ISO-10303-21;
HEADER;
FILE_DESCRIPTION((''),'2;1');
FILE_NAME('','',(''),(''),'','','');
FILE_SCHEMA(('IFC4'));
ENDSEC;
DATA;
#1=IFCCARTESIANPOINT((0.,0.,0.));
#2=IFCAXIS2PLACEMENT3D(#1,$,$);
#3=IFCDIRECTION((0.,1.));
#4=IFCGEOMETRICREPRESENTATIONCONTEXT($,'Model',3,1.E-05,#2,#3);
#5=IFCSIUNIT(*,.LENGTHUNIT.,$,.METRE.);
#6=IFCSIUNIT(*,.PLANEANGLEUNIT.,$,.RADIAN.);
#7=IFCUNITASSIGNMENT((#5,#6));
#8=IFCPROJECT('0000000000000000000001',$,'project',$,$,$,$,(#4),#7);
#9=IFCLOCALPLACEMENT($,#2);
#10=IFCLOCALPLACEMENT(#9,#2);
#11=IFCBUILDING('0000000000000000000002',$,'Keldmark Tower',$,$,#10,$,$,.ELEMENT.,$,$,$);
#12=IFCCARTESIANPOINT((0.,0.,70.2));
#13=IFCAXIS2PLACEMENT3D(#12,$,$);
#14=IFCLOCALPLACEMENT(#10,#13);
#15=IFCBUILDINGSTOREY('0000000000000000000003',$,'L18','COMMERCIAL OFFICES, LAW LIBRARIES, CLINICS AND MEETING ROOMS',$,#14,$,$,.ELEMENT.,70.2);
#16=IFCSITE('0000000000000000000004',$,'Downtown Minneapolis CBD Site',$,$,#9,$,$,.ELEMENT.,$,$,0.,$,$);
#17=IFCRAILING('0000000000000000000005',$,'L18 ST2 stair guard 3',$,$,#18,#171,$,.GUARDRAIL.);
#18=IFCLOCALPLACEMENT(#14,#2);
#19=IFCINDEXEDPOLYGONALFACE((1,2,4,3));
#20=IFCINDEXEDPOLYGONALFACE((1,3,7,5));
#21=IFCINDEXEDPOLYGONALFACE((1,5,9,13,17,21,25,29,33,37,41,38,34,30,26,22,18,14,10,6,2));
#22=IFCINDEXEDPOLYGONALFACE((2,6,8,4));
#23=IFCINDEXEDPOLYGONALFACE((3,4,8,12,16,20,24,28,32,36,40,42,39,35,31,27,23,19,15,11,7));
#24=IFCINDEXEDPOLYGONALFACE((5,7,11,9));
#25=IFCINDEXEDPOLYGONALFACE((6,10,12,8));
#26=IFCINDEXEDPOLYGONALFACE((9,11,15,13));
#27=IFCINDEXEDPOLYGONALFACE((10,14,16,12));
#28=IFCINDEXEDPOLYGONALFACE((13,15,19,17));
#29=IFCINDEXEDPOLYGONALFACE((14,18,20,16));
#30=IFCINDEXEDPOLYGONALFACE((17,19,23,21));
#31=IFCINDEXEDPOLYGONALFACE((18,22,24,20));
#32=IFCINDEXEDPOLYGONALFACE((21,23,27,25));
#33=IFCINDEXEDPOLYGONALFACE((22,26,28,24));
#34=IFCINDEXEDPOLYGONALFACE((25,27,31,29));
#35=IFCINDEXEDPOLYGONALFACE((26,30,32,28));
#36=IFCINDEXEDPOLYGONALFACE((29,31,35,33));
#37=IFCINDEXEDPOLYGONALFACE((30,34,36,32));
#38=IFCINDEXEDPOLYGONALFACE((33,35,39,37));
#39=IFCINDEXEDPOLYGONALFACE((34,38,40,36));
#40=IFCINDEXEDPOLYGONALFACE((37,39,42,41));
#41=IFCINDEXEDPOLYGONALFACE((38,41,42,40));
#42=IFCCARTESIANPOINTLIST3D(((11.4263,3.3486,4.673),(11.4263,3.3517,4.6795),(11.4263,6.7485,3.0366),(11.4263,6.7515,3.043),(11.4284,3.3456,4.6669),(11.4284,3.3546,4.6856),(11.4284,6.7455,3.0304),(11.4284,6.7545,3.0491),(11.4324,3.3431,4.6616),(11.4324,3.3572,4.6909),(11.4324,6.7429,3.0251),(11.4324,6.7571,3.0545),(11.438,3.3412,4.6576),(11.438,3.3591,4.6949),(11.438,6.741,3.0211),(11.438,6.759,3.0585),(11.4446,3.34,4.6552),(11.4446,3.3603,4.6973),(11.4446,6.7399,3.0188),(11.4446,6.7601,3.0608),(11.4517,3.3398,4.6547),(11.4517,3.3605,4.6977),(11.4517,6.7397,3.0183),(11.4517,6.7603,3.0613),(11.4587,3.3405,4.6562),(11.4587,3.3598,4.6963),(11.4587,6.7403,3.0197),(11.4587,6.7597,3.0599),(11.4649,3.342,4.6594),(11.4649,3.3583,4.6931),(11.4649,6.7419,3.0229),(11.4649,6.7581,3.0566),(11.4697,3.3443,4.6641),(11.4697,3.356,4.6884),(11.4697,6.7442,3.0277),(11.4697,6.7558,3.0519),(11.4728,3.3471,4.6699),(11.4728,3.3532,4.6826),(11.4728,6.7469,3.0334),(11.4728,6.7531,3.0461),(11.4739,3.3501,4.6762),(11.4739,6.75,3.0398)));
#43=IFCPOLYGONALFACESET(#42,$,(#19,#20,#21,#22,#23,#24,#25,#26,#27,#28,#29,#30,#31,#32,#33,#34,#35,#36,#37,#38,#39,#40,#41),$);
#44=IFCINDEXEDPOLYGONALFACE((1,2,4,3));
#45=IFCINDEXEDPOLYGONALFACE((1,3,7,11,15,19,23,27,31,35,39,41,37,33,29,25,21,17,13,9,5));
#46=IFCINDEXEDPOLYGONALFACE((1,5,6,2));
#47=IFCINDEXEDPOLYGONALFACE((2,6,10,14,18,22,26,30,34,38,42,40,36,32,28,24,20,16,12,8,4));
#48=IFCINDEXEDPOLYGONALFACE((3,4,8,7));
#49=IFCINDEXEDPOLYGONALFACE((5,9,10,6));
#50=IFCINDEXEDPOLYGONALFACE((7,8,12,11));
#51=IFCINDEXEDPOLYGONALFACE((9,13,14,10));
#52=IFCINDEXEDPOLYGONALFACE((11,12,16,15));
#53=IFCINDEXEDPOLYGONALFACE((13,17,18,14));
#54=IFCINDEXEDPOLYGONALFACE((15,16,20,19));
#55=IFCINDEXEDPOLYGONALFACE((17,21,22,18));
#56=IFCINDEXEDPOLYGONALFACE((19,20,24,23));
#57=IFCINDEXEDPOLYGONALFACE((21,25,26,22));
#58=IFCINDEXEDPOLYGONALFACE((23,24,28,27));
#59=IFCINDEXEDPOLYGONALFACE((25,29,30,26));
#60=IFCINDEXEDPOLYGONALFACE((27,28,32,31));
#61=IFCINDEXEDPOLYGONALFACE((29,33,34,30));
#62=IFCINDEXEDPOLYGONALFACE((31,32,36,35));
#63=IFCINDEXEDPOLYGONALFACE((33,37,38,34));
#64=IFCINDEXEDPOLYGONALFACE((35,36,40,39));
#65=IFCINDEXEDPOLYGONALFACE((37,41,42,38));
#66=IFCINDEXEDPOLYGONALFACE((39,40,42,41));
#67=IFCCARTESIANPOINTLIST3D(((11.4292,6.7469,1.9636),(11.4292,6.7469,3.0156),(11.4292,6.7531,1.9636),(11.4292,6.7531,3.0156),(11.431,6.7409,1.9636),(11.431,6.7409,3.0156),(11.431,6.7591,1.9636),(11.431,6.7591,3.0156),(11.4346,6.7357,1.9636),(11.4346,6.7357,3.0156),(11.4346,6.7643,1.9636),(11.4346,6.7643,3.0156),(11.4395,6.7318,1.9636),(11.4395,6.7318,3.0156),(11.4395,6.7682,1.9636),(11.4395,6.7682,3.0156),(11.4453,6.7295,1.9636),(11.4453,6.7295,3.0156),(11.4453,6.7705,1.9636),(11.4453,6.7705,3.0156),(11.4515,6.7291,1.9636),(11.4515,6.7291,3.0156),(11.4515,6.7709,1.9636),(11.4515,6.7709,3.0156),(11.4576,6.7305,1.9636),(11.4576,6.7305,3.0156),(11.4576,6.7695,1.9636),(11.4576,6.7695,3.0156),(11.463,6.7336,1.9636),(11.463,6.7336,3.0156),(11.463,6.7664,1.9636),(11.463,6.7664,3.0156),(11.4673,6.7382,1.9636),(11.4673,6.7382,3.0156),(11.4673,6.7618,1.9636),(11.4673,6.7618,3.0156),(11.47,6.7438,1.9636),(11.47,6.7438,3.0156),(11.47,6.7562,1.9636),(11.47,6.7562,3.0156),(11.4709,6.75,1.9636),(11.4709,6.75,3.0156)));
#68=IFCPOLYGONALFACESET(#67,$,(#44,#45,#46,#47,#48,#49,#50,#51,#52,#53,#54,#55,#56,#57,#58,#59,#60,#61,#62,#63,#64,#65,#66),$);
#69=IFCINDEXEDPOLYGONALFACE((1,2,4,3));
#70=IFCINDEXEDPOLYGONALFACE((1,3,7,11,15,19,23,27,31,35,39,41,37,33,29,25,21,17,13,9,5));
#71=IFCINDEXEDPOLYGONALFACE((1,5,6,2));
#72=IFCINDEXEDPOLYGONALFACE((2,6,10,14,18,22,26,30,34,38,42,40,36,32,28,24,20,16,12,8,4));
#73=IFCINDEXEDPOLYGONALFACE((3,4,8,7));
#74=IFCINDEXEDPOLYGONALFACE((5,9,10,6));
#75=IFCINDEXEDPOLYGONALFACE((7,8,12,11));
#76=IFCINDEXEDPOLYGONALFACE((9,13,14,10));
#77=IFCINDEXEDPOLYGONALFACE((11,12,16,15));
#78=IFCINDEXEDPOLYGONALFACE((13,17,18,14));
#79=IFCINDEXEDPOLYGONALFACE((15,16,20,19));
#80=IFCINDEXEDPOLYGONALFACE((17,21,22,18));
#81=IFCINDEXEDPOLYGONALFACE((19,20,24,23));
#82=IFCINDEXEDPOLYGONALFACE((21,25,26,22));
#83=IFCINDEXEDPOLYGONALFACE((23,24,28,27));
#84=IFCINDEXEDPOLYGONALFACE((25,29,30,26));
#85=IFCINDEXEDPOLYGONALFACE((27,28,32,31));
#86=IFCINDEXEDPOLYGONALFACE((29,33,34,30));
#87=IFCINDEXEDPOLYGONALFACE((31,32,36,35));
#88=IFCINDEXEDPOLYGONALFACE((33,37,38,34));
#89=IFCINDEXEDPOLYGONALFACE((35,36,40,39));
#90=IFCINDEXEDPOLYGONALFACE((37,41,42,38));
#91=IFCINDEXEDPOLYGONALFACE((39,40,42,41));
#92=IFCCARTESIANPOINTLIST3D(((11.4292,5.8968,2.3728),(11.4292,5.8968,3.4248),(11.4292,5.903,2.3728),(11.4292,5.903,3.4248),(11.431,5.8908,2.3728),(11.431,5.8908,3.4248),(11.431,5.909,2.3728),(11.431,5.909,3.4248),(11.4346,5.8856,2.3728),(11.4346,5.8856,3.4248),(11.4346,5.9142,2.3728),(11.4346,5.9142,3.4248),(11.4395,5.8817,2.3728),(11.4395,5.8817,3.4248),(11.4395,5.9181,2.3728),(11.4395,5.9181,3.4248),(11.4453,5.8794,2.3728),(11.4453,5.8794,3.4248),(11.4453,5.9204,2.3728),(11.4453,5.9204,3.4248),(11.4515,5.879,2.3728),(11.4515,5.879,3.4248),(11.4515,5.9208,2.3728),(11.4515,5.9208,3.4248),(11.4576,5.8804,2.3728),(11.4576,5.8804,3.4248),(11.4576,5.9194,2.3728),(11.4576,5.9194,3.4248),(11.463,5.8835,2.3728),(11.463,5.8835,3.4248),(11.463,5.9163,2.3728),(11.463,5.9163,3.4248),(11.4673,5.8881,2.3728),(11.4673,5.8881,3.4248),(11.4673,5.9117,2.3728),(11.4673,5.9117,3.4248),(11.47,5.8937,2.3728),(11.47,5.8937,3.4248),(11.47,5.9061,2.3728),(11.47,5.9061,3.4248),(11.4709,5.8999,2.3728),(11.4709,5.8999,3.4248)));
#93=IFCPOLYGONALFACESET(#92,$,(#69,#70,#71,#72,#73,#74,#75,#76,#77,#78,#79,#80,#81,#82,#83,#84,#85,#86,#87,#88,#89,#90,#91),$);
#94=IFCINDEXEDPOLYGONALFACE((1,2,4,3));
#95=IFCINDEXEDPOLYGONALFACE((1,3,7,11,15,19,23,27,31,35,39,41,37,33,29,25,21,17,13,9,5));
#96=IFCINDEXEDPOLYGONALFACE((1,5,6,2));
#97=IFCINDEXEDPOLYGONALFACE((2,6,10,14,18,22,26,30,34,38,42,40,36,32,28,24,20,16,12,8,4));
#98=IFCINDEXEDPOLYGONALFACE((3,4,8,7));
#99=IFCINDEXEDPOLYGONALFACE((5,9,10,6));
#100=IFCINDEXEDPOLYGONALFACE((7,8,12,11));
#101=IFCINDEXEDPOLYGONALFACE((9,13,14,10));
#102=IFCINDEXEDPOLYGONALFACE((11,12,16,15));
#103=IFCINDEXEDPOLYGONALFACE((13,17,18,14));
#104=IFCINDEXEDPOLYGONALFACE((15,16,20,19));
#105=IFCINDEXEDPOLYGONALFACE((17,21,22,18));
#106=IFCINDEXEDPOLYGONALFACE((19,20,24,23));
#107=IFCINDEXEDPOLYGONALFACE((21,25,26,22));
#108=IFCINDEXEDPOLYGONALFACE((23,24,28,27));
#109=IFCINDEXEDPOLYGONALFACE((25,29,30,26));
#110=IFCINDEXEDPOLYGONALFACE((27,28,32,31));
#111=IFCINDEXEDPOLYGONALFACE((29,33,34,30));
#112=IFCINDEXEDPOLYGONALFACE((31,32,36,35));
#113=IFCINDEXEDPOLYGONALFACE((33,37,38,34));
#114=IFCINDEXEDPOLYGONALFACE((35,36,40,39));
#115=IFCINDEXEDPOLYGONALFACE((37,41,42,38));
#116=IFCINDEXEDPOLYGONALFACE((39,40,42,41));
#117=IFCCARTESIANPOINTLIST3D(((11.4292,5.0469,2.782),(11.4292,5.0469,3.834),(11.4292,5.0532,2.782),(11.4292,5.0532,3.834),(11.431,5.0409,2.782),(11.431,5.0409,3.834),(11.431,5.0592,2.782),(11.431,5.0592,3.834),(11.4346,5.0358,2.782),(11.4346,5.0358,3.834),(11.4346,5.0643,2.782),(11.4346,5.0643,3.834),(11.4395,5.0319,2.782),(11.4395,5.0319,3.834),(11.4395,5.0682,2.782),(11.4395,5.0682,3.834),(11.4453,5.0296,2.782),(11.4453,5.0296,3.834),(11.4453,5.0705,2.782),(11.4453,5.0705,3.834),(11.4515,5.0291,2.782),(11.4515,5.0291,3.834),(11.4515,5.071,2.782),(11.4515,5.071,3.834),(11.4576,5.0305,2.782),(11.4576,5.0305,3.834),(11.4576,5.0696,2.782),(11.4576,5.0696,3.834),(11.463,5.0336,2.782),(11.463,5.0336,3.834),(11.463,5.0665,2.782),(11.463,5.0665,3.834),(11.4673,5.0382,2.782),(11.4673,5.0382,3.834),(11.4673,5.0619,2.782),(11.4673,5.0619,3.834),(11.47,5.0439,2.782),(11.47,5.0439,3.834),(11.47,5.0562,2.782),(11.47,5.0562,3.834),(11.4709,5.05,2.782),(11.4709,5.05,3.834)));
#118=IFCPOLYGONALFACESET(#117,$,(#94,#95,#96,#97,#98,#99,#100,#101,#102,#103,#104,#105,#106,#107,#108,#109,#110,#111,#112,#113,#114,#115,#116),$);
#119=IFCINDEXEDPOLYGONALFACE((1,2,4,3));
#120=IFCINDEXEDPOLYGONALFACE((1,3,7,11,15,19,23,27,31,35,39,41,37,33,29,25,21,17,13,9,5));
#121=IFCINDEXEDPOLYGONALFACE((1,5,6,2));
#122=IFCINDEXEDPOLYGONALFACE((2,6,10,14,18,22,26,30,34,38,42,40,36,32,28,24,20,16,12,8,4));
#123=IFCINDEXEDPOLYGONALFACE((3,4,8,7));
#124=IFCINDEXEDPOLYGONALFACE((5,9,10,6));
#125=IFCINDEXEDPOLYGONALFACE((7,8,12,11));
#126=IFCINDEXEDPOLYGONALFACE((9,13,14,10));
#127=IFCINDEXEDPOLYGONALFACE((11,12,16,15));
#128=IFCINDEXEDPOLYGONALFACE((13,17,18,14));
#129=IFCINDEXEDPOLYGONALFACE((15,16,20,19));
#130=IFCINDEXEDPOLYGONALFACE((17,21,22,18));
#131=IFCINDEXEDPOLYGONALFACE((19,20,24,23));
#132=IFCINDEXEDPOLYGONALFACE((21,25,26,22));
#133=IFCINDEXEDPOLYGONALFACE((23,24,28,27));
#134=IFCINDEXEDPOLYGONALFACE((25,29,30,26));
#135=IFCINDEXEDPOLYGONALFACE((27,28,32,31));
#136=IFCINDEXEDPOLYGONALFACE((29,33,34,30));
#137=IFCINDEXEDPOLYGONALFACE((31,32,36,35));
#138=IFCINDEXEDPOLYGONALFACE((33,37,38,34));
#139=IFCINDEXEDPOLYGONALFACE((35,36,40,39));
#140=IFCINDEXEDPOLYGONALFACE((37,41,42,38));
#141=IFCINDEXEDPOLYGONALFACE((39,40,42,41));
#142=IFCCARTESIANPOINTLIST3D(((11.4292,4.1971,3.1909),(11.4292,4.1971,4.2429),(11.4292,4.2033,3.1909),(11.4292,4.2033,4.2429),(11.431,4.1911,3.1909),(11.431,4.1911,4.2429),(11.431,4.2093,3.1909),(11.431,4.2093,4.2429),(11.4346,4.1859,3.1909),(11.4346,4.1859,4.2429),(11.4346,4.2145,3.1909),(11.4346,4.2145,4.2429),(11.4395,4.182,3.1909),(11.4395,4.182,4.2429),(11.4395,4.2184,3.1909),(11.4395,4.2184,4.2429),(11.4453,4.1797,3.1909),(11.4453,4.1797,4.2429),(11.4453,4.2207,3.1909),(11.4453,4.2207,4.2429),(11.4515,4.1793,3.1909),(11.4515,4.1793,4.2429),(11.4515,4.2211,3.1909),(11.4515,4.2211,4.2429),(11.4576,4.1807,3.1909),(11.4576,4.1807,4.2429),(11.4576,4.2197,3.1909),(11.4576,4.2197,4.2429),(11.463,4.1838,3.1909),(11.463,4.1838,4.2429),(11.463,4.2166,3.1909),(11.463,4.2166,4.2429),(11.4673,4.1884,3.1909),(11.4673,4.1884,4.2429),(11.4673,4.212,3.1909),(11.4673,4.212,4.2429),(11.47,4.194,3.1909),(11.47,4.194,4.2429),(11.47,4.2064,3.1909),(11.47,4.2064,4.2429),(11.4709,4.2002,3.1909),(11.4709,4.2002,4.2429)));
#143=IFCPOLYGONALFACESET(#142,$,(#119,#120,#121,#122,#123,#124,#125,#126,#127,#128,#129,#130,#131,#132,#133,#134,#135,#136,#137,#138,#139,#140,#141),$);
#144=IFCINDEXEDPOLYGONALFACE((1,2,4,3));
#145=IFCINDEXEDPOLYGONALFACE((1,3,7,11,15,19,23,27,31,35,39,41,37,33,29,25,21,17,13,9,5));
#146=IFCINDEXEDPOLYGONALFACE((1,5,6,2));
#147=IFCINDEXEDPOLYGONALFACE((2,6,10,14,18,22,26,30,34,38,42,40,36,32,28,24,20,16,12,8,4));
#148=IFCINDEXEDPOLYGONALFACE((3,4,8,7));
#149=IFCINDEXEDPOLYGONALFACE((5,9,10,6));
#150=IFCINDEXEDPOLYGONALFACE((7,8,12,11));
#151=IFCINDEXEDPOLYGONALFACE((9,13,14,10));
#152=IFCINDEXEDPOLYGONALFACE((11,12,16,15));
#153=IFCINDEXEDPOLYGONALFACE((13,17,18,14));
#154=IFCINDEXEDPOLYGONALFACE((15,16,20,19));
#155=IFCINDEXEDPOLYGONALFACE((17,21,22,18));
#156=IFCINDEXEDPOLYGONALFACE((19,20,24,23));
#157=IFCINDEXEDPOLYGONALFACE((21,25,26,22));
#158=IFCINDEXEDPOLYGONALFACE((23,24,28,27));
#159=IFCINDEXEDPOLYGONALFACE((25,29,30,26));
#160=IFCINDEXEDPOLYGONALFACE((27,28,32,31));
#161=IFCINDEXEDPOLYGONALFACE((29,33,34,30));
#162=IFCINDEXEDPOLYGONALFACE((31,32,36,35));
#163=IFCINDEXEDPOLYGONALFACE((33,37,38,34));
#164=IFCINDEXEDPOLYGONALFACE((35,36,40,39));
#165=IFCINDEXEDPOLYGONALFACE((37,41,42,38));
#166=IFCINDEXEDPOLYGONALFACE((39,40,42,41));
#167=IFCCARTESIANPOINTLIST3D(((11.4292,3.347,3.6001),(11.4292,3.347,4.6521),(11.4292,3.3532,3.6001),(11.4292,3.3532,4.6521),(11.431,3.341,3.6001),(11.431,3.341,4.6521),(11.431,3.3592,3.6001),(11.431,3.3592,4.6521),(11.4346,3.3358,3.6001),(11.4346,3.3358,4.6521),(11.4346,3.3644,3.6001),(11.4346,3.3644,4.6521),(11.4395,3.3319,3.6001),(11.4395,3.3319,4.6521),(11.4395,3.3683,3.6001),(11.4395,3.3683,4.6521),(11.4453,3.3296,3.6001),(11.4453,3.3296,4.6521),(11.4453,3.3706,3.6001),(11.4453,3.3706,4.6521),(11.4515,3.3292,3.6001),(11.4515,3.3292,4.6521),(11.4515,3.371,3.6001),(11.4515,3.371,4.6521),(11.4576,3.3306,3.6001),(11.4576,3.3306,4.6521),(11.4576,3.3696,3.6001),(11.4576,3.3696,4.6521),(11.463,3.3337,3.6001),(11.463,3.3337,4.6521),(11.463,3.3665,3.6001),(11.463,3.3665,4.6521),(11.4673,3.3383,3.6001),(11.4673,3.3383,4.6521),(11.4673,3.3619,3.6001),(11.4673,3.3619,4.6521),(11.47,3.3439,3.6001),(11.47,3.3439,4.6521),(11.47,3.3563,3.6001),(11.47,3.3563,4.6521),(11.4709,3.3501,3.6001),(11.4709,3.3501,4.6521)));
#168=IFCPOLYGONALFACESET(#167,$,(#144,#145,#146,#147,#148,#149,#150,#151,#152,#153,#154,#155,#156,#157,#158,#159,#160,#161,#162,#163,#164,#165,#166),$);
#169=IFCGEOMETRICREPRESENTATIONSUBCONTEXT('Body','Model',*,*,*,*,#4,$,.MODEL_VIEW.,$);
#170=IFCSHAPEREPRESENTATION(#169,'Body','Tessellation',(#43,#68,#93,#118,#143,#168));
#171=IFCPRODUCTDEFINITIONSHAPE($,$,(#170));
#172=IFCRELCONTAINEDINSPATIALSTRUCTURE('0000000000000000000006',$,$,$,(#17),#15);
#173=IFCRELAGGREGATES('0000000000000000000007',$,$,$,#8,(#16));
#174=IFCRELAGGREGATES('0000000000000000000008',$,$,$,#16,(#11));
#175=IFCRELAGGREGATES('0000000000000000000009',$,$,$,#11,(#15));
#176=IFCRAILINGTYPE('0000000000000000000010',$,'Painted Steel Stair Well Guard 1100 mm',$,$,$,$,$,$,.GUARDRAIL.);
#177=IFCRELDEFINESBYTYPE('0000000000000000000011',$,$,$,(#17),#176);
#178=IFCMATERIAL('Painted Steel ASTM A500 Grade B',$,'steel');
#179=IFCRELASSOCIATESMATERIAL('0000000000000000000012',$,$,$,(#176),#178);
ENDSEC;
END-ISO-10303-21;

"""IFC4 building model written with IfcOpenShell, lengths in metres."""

from ifc_helpers import new_model, si_unit, direction, frame, origin, origin_2d, place, context, subcontext, project, spatial, circle, extrude, material, type_object, element, save


model = new_model("IFC4")

# Units and contexts
model_context = context("Model", 3, precision=1e-05, world=origin(), true_north=direction((0.0, 1.0)))
body_context = subcontext(model_context, "Body", "Model", "MODEL_VIEW")
ifc_project = project(units=[si_unit("LENGTHUNIT", "METRE"), si_unit("PLANEANGLEUNIT", "RADIAN")], contexts=[model_context])

# Site, building, storey
site_placement = place(None, origin())
site = spatial("IfcSite", under=ifc_project, at=site_placement, Name="Downtown Minneapolis CBD Site", CompositionType="ELEMENT", RefElevation=0.0)
building_placement = place(site_placement, origin())
building = spatial("IfcBuilding", under=site, at=building_placement, Name="Keldmark Tower", CompositionType="ELEMENT")
storey_placement = place(building_placement, frame((0.0, 0.0, 70.2)))
storey = spatial("IfcBuildingStorey", under=building, at=storey_placement, Name="L18", Description="COMMERCIAL OFFICES, LAW LIBRARIES, CLINICS AND MEETING ROOMS", CompositionType="ELEMENT", Elevation=70.2)

# Railing
ifc_material_1 = material(Name="Painted Steel ASTM A500 Grade B", Category="steel")
railing_type_1 = type_object("IfcRailingType", Name="Painted Steel Stair Well Guard 1100 mm", PredefinedType="GUARDRAIL", material=ifc_material_1)
railing_1_placement = place(storey_placement, frame((11.45, 6.75, 1.9636)))
element("IfcRailing", 1, at=railing_1_placement, inside=storey, type_object=railing_type_1, Name="L18 ST2 stair guard 3", PredefinedType="GUARDRAIL", context=body_context, shape_type="SweptSolid", body=[
    extrude(circle(Radius=0.0239, at=origin_2d()), frame((0.0, 0.0, 1.0762), z_axis=(0.0, -0.901055, 0.433705), x_axis=(1.0, 0.0, 0.0)), (0.0, 0.0, 1.0), 3.7732),
    extrude(circle(Radius=0.021, at=origin_2d()), origin(), (0.0, 0.0, 1.0), 1.052),
    extrude(circle(Radius=0.021, at=origin_2d()), frame((0.0, -0.8501, 0.4092)), (0.0, 0.0, 1.0), 1.052),
    extrude(circle(Radius=0.021, at=origin_2d()), frame((0.0, -1.7, 0.8184)), (0.0, 0.0, 1.0), 1.052),
    extrude(circle(Radius=0.021, at=origin_2d()), frame((0.0, -2.5498, 1.2273)), (0.0, 0.0, 1.0), 1.052),
    extrude(circle(Radius=0.021, at=origin_2d()), frame((0.0, -3.3999, 1.6365)), (0.0, 0.0, 1.0), 1.052),
])

save(model, "model.ifc")
